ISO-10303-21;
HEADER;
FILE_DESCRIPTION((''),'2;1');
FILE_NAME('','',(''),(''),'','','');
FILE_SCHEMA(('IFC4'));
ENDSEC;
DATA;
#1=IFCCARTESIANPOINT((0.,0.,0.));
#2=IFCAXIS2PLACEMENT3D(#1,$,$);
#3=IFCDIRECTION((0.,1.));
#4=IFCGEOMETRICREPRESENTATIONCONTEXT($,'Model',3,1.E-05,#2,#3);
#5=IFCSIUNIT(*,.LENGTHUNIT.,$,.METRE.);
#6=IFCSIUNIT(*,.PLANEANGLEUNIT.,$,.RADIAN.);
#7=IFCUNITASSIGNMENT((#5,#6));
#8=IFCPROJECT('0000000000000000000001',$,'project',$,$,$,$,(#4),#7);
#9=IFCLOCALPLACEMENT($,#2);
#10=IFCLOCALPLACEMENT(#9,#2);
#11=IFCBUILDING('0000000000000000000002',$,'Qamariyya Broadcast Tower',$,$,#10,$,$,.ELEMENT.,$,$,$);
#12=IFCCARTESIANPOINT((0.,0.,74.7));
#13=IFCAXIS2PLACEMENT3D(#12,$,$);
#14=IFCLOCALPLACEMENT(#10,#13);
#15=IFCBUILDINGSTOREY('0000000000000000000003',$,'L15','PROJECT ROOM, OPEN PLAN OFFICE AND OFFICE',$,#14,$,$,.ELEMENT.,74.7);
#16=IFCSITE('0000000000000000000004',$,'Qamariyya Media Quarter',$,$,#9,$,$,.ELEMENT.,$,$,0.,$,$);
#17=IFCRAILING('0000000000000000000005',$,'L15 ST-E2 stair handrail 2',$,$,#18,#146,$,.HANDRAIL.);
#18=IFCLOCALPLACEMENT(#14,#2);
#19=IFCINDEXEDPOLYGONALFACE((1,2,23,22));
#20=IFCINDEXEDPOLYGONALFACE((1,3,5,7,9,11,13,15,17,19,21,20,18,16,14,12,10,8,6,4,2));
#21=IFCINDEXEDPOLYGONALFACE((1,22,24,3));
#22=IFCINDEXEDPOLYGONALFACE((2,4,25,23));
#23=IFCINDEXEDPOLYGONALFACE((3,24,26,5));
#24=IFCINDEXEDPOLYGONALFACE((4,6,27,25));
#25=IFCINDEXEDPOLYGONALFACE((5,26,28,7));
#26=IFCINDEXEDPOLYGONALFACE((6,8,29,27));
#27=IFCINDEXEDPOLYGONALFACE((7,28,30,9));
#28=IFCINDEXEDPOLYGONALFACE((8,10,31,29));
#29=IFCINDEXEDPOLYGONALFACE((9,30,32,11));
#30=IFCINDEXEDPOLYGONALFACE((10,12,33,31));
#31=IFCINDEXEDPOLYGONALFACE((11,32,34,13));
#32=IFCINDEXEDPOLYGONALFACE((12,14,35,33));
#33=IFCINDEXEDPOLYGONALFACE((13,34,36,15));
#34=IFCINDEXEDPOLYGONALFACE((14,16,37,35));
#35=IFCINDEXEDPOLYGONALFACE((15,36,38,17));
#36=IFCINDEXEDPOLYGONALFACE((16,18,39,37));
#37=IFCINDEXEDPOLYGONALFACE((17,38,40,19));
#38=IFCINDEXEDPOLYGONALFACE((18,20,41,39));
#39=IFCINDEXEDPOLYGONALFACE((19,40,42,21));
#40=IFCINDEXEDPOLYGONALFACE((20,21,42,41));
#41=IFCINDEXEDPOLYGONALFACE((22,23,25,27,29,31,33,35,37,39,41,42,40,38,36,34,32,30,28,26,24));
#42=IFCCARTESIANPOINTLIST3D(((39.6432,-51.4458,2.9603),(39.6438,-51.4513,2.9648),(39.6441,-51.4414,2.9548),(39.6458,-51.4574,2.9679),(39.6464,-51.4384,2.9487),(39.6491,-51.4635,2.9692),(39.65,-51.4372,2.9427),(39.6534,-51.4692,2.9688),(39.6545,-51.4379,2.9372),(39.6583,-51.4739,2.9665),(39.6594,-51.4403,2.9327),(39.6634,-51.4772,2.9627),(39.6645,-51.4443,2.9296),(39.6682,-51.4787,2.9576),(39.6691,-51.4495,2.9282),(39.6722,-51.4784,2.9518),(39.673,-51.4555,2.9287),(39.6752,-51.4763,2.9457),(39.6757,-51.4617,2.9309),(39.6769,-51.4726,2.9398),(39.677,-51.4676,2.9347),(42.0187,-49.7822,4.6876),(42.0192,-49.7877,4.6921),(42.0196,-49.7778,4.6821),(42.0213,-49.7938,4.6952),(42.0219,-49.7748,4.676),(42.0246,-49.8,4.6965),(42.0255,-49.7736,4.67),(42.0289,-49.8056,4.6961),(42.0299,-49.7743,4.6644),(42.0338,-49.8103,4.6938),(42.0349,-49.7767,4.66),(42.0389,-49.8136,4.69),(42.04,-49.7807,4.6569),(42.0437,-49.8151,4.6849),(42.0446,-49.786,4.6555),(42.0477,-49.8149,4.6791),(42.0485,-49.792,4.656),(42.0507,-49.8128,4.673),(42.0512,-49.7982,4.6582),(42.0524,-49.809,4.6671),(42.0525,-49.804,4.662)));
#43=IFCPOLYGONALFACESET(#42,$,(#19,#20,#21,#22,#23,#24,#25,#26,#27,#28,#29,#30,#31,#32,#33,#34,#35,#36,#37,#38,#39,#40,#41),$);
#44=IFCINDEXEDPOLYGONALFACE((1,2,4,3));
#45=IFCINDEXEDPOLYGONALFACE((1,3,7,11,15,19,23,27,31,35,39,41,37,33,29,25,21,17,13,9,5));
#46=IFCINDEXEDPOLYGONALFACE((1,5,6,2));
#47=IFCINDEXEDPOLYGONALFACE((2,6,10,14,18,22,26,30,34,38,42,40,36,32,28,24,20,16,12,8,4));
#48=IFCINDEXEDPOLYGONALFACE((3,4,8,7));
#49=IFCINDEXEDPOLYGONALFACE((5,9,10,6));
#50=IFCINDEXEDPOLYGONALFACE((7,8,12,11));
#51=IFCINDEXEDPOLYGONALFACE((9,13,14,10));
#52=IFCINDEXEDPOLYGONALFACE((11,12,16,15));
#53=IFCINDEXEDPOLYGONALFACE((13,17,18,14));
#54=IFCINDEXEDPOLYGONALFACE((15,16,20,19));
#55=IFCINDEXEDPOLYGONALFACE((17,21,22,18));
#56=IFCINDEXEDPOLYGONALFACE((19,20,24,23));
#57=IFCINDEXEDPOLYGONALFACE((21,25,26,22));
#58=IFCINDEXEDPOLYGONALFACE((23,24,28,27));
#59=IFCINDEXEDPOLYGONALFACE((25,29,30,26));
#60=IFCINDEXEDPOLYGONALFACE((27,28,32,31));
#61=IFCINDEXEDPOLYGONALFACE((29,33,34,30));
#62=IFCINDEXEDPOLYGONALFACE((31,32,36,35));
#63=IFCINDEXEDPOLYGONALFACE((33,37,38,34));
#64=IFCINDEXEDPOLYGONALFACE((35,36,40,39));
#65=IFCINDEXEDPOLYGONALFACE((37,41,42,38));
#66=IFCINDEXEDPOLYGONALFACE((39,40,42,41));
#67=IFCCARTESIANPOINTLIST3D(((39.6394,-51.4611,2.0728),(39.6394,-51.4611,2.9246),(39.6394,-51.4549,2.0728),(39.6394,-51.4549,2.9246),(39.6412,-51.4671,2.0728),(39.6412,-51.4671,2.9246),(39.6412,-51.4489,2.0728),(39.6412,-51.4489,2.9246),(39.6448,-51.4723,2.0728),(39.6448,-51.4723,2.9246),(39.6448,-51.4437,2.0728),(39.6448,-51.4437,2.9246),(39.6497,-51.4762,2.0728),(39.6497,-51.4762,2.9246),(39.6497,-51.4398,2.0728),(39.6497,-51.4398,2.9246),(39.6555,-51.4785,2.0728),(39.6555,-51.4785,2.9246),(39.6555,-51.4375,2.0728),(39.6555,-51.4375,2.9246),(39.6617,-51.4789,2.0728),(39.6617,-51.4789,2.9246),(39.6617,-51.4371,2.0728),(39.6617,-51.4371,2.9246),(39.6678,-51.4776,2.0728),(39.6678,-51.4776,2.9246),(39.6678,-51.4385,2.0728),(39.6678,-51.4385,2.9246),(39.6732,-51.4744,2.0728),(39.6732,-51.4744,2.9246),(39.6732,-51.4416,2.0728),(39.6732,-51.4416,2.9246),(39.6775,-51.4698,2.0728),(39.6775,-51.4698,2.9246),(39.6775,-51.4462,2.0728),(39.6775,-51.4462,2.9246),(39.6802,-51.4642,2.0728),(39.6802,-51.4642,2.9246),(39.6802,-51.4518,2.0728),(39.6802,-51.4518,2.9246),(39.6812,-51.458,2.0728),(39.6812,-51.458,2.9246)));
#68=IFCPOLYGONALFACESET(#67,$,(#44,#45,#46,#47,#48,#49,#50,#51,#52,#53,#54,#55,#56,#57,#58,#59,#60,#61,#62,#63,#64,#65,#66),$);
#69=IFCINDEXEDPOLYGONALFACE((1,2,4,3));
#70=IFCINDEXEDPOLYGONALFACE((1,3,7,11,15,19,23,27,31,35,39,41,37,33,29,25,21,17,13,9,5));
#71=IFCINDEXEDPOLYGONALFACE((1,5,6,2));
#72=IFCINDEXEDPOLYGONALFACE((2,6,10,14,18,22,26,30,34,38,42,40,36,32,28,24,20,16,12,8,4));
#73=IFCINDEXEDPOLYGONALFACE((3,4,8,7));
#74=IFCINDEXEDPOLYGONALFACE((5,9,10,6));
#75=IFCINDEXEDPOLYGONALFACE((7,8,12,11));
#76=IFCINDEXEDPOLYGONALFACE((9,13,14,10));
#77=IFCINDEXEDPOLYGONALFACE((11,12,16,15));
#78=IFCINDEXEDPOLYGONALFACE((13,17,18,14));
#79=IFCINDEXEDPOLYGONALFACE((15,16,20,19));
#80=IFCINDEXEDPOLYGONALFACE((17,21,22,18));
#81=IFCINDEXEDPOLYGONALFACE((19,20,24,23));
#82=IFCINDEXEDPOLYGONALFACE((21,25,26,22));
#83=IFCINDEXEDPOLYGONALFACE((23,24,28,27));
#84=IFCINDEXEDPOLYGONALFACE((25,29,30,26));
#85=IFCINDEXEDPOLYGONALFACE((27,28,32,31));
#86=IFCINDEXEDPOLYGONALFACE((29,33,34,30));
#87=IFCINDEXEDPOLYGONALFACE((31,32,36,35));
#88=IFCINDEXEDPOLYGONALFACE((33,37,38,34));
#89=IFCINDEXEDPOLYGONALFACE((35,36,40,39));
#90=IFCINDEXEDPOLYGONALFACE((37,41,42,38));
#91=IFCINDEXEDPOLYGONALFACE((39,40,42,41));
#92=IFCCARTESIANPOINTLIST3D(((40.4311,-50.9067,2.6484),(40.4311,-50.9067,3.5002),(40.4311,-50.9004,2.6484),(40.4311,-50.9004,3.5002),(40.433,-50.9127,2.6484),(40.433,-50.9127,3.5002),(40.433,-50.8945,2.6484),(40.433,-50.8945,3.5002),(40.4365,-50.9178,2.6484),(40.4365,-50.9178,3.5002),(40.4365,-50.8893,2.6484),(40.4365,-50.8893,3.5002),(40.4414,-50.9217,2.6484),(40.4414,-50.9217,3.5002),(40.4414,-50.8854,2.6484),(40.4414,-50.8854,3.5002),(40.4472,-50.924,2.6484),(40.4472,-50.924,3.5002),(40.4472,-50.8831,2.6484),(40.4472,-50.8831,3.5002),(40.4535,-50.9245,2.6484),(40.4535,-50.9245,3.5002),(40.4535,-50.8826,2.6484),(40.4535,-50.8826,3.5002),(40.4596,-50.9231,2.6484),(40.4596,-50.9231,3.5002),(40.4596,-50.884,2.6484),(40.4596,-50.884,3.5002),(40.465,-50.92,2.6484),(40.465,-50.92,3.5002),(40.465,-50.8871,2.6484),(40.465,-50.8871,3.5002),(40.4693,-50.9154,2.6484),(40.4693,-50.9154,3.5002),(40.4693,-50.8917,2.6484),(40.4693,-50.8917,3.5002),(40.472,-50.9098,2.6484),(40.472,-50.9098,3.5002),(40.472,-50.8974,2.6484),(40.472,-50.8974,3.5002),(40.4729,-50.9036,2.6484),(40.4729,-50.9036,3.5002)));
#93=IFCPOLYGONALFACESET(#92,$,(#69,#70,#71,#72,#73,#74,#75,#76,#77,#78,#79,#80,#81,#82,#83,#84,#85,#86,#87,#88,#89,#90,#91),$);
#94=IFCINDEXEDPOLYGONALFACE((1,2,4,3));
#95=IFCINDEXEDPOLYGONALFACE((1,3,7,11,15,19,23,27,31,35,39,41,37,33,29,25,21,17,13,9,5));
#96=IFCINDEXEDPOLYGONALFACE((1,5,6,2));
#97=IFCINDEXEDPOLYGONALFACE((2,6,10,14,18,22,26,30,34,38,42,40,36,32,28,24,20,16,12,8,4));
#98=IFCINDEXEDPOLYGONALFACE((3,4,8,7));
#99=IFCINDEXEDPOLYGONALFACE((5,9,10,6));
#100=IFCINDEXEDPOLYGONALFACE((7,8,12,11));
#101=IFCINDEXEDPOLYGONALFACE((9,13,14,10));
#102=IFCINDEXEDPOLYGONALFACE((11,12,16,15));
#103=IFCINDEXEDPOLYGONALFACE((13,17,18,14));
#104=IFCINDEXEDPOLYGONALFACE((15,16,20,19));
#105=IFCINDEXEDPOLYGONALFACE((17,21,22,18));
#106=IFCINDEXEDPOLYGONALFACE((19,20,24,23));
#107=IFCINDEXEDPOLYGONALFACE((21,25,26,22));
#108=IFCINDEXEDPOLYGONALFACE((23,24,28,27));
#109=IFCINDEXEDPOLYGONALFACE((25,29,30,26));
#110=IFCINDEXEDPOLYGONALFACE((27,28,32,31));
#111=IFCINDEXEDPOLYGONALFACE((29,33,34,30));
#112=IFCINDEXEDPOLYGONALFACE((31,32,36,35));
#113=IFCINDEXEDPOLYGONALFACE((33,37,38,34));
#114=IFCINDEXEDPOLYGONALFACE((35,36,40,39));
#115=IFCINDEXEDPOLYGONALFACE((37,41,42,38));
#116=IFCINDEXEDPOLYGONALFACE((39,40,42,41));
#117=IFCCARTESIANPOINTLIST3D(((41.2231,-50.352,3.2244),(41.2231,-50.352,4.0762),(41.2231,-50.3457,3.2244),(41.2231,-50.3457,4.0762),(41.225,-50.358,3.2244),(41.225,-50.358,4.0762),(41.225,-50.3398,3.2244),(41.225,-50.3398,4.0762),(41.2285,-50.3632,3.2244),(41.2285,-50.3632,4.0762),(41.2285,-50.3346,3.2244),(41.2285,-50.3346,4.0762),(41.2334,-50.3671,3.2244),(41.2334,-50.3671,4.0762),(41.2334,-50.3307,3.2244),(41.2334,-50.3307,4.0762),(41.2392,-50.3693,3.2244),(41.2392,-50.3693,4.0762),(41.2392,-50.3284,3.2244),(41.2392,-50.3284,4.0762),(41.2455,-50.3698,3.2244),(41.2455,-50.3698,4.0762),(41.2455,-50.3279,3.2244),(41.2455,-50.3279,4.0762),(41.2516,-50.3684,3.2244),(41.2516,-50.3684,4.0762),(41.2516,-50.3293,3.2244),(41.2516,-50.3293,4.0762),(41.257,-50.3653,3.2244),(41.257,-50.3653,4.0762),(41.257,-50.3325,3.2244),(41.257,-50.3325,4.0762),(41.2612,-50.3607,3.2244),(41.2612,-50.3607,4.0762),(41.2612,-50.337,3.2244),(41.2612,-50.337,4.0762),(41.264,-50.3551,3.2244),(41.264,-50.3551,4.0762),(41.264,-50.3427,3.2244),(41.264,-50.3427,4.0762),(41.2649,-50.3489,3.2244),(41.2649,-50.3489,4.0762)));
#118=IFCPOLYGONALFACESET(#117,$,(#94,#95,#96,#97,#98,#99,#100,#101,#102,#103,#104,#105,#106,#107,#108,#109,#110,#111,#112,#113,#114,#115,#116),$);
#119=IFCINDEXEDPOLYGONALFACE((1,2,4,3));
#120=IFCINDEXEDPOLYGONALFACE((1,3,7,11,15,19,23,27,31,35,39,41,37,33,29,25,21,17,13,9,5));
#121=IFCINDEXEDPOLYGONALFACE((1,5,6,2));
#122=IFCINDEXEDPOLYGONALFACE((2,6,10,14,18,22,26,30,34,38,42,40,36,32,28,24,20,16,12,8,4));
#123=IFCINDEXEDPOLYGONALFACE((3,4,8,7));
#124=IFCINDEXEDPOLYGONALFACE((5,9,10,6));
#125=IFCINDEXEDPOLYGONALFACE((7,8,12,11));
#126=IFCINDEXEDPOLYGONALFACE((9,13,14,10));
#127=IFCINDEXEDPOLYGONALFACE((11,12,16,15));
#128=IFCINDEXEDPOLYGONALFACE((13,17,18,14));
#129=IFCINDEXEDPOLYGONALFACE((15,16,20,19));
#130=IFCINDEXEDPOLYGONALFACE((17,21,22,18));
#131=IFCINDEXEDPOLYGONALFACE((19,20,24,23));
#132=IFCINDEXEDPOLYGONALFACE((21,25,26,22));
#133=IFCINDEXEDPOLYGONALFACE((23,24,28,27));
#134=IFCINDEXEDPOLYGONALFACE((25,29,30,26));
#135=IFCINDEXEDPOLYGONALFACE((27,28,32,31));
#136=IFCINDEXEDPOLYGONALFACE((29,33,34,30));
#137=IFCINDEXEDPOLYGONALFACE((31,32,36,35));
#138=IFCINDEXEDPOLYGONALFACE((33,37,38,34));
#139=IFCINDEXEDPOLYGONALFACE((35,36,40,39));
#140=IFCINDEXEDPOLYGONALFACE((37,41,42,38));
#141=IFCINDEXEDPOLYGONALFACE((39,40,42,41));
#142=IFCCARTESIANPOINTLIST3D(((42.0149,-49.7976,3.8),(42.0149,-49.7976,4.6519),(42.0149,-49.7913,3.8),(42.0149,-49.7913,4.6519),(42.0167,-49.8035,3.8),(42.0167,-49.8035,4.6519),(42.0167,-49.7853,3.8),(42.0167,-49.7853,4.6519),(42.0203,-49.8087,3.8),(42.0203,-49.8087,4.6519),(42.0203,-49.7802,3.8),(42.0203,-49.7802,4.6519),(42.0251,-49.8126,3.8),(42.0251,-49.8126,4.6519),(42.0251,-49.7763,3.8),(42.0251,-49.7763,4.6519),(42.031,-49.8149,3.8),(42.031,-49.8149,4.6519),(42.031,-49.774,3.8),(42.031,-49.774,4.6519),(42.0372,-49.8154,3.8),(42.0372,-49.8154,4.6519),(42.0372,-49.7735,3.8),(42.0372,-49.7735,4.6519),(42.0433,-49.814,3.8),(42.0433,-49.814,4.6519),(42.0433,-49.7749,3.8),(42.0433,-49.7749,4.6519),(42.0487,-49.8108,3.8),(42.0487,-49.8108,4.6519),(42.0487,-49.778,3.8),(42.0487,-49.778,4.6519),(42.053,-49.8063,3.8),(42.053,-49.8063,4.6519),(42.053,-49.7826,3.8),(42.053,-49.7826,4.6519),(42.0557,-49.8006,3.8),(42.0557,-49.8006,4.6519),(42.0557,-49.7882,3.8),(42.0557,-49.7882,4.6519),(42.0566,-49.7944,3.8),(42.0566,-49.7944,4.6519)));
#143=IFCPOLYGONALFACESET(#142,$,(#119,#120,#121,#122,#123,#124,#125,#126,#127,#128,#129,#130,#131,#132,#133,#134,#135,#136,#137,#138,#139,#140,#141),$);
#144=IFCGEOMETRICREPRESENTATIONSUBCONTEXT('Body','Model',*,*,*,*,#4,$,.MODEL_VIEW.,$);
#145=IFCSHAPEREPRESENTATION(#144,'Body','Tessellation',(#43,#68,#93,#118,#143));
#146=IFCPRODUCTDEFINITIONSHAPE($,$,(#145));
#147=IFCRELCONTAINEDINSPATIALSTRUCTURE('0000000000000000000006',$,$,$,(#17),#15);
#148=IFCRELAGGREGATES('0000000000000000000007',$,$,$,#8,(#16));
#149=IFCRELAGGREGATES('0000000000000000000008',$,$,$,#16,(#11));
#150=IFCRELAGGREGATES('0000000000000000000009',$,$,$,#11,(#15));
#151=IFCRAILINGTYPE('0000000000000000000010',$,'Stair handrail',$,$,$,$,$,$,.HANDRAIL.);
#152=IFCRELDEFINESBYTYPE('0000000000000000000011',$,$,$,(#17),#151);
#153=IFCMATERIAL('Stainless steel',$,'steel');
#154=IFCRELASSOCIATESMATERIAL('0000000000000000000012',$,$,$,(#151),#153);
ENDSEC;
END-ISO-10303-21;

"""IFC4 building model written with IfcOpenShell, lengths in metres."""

from ifc_helpers import new_model, si_unit, direction, frame, origin, origin_2d, place, context, subcontext, project, spatial, circle, extrude, material, type_object, element, save


model = new_model("IFC4")

# Units and contexts
model_context = context("Model", 3, precision=1e-05, world=origin(), true_north=direction((0.0, 1.0)))
body_context = subcontext(model_context, "Body", "Model", "MODEL_VIEW")
ifc_project = project(units=[si_unit("LENGTHUNIT", "METRE"), si_unit("PLANEANGLEUNIT", "RADIAN")], contexts=[model_context])

# Site, building, storey
site_placement = place(None, origin())
site = spatial("IfcSite", under=ifc_project, at=site_placement, Name="Qamariyya Media Quarter", CompositionType="ELEMENT", RefElevation=0.0)
building_placement = place(site_placement, origin())
building = spatial("IfcBuilding", under=site, at=building_placement, Name="Qamariyya Broadcast Tower", CompositionType="ELEMENT")
storey_placement = place(building_placement, frame((0.0, 0.0, 74.7)))
storey = spatial("IfcBuildingStorey", under=building, at=storey_placement, Name="L15", Description="PROJECT ROOM, OPEN PLAN OFFICE AND OFFICE", CompositionType="ELEMENT", Elevation=74.7)

# Railing
ifc_material_1 = material(Name="Stainless steel", Category="steel")
railing_type_1 = type_object("IfcRailingType", Name="Stair handrail", PredefinedType="HANDRAIL", material=ifc_material_1)
railing_1_placement = place(storey_placement, frame((39.6602, -51.458, 2.0728)))
element("IfcRailing", 1, at=railing_1_placement, inside=storey, type_object=railing_type_1, Name="L15 ST-E2 stair handrail 2", PredefinedType="HANDRAIL", context=body_context, shape_type="SweptSolid", body=[
    extrude(circle(Radius=0.0239, at=origin_2d()), frame((0.0, 0.0, 0.876), z_axis=(0.703745, 0.492838, 0.511716), x_axis=(-0.573632, 0.819113, 0.0)), (0.0, 0.0, 1.0), 3.3755),
    extrude(circle(Radius=0.021, at=origin_2d()), origin(), (0.0, 0.0, 1.0), 0.8518),
    extrude(circle(Radius=0.021, at=origin_2d()), frame((0.7917, 0.5544, 0.5757)), (0.0, 0.0, 1.0), 0.8518),
    extrude(circle(Radius=0.021, at=origin_2d()), frame((1.5837, 1.1091, 1.1516)), (0.0, 0.0, 1.0), 0.8518),
    extrude(circle(Radius=0.021, at=origin_2d()), frame((2.3755, 1.6636, 1.7273)), (0.0, 0.0, 1.0), 0.8518),
])

save(model, "model.ifc")
